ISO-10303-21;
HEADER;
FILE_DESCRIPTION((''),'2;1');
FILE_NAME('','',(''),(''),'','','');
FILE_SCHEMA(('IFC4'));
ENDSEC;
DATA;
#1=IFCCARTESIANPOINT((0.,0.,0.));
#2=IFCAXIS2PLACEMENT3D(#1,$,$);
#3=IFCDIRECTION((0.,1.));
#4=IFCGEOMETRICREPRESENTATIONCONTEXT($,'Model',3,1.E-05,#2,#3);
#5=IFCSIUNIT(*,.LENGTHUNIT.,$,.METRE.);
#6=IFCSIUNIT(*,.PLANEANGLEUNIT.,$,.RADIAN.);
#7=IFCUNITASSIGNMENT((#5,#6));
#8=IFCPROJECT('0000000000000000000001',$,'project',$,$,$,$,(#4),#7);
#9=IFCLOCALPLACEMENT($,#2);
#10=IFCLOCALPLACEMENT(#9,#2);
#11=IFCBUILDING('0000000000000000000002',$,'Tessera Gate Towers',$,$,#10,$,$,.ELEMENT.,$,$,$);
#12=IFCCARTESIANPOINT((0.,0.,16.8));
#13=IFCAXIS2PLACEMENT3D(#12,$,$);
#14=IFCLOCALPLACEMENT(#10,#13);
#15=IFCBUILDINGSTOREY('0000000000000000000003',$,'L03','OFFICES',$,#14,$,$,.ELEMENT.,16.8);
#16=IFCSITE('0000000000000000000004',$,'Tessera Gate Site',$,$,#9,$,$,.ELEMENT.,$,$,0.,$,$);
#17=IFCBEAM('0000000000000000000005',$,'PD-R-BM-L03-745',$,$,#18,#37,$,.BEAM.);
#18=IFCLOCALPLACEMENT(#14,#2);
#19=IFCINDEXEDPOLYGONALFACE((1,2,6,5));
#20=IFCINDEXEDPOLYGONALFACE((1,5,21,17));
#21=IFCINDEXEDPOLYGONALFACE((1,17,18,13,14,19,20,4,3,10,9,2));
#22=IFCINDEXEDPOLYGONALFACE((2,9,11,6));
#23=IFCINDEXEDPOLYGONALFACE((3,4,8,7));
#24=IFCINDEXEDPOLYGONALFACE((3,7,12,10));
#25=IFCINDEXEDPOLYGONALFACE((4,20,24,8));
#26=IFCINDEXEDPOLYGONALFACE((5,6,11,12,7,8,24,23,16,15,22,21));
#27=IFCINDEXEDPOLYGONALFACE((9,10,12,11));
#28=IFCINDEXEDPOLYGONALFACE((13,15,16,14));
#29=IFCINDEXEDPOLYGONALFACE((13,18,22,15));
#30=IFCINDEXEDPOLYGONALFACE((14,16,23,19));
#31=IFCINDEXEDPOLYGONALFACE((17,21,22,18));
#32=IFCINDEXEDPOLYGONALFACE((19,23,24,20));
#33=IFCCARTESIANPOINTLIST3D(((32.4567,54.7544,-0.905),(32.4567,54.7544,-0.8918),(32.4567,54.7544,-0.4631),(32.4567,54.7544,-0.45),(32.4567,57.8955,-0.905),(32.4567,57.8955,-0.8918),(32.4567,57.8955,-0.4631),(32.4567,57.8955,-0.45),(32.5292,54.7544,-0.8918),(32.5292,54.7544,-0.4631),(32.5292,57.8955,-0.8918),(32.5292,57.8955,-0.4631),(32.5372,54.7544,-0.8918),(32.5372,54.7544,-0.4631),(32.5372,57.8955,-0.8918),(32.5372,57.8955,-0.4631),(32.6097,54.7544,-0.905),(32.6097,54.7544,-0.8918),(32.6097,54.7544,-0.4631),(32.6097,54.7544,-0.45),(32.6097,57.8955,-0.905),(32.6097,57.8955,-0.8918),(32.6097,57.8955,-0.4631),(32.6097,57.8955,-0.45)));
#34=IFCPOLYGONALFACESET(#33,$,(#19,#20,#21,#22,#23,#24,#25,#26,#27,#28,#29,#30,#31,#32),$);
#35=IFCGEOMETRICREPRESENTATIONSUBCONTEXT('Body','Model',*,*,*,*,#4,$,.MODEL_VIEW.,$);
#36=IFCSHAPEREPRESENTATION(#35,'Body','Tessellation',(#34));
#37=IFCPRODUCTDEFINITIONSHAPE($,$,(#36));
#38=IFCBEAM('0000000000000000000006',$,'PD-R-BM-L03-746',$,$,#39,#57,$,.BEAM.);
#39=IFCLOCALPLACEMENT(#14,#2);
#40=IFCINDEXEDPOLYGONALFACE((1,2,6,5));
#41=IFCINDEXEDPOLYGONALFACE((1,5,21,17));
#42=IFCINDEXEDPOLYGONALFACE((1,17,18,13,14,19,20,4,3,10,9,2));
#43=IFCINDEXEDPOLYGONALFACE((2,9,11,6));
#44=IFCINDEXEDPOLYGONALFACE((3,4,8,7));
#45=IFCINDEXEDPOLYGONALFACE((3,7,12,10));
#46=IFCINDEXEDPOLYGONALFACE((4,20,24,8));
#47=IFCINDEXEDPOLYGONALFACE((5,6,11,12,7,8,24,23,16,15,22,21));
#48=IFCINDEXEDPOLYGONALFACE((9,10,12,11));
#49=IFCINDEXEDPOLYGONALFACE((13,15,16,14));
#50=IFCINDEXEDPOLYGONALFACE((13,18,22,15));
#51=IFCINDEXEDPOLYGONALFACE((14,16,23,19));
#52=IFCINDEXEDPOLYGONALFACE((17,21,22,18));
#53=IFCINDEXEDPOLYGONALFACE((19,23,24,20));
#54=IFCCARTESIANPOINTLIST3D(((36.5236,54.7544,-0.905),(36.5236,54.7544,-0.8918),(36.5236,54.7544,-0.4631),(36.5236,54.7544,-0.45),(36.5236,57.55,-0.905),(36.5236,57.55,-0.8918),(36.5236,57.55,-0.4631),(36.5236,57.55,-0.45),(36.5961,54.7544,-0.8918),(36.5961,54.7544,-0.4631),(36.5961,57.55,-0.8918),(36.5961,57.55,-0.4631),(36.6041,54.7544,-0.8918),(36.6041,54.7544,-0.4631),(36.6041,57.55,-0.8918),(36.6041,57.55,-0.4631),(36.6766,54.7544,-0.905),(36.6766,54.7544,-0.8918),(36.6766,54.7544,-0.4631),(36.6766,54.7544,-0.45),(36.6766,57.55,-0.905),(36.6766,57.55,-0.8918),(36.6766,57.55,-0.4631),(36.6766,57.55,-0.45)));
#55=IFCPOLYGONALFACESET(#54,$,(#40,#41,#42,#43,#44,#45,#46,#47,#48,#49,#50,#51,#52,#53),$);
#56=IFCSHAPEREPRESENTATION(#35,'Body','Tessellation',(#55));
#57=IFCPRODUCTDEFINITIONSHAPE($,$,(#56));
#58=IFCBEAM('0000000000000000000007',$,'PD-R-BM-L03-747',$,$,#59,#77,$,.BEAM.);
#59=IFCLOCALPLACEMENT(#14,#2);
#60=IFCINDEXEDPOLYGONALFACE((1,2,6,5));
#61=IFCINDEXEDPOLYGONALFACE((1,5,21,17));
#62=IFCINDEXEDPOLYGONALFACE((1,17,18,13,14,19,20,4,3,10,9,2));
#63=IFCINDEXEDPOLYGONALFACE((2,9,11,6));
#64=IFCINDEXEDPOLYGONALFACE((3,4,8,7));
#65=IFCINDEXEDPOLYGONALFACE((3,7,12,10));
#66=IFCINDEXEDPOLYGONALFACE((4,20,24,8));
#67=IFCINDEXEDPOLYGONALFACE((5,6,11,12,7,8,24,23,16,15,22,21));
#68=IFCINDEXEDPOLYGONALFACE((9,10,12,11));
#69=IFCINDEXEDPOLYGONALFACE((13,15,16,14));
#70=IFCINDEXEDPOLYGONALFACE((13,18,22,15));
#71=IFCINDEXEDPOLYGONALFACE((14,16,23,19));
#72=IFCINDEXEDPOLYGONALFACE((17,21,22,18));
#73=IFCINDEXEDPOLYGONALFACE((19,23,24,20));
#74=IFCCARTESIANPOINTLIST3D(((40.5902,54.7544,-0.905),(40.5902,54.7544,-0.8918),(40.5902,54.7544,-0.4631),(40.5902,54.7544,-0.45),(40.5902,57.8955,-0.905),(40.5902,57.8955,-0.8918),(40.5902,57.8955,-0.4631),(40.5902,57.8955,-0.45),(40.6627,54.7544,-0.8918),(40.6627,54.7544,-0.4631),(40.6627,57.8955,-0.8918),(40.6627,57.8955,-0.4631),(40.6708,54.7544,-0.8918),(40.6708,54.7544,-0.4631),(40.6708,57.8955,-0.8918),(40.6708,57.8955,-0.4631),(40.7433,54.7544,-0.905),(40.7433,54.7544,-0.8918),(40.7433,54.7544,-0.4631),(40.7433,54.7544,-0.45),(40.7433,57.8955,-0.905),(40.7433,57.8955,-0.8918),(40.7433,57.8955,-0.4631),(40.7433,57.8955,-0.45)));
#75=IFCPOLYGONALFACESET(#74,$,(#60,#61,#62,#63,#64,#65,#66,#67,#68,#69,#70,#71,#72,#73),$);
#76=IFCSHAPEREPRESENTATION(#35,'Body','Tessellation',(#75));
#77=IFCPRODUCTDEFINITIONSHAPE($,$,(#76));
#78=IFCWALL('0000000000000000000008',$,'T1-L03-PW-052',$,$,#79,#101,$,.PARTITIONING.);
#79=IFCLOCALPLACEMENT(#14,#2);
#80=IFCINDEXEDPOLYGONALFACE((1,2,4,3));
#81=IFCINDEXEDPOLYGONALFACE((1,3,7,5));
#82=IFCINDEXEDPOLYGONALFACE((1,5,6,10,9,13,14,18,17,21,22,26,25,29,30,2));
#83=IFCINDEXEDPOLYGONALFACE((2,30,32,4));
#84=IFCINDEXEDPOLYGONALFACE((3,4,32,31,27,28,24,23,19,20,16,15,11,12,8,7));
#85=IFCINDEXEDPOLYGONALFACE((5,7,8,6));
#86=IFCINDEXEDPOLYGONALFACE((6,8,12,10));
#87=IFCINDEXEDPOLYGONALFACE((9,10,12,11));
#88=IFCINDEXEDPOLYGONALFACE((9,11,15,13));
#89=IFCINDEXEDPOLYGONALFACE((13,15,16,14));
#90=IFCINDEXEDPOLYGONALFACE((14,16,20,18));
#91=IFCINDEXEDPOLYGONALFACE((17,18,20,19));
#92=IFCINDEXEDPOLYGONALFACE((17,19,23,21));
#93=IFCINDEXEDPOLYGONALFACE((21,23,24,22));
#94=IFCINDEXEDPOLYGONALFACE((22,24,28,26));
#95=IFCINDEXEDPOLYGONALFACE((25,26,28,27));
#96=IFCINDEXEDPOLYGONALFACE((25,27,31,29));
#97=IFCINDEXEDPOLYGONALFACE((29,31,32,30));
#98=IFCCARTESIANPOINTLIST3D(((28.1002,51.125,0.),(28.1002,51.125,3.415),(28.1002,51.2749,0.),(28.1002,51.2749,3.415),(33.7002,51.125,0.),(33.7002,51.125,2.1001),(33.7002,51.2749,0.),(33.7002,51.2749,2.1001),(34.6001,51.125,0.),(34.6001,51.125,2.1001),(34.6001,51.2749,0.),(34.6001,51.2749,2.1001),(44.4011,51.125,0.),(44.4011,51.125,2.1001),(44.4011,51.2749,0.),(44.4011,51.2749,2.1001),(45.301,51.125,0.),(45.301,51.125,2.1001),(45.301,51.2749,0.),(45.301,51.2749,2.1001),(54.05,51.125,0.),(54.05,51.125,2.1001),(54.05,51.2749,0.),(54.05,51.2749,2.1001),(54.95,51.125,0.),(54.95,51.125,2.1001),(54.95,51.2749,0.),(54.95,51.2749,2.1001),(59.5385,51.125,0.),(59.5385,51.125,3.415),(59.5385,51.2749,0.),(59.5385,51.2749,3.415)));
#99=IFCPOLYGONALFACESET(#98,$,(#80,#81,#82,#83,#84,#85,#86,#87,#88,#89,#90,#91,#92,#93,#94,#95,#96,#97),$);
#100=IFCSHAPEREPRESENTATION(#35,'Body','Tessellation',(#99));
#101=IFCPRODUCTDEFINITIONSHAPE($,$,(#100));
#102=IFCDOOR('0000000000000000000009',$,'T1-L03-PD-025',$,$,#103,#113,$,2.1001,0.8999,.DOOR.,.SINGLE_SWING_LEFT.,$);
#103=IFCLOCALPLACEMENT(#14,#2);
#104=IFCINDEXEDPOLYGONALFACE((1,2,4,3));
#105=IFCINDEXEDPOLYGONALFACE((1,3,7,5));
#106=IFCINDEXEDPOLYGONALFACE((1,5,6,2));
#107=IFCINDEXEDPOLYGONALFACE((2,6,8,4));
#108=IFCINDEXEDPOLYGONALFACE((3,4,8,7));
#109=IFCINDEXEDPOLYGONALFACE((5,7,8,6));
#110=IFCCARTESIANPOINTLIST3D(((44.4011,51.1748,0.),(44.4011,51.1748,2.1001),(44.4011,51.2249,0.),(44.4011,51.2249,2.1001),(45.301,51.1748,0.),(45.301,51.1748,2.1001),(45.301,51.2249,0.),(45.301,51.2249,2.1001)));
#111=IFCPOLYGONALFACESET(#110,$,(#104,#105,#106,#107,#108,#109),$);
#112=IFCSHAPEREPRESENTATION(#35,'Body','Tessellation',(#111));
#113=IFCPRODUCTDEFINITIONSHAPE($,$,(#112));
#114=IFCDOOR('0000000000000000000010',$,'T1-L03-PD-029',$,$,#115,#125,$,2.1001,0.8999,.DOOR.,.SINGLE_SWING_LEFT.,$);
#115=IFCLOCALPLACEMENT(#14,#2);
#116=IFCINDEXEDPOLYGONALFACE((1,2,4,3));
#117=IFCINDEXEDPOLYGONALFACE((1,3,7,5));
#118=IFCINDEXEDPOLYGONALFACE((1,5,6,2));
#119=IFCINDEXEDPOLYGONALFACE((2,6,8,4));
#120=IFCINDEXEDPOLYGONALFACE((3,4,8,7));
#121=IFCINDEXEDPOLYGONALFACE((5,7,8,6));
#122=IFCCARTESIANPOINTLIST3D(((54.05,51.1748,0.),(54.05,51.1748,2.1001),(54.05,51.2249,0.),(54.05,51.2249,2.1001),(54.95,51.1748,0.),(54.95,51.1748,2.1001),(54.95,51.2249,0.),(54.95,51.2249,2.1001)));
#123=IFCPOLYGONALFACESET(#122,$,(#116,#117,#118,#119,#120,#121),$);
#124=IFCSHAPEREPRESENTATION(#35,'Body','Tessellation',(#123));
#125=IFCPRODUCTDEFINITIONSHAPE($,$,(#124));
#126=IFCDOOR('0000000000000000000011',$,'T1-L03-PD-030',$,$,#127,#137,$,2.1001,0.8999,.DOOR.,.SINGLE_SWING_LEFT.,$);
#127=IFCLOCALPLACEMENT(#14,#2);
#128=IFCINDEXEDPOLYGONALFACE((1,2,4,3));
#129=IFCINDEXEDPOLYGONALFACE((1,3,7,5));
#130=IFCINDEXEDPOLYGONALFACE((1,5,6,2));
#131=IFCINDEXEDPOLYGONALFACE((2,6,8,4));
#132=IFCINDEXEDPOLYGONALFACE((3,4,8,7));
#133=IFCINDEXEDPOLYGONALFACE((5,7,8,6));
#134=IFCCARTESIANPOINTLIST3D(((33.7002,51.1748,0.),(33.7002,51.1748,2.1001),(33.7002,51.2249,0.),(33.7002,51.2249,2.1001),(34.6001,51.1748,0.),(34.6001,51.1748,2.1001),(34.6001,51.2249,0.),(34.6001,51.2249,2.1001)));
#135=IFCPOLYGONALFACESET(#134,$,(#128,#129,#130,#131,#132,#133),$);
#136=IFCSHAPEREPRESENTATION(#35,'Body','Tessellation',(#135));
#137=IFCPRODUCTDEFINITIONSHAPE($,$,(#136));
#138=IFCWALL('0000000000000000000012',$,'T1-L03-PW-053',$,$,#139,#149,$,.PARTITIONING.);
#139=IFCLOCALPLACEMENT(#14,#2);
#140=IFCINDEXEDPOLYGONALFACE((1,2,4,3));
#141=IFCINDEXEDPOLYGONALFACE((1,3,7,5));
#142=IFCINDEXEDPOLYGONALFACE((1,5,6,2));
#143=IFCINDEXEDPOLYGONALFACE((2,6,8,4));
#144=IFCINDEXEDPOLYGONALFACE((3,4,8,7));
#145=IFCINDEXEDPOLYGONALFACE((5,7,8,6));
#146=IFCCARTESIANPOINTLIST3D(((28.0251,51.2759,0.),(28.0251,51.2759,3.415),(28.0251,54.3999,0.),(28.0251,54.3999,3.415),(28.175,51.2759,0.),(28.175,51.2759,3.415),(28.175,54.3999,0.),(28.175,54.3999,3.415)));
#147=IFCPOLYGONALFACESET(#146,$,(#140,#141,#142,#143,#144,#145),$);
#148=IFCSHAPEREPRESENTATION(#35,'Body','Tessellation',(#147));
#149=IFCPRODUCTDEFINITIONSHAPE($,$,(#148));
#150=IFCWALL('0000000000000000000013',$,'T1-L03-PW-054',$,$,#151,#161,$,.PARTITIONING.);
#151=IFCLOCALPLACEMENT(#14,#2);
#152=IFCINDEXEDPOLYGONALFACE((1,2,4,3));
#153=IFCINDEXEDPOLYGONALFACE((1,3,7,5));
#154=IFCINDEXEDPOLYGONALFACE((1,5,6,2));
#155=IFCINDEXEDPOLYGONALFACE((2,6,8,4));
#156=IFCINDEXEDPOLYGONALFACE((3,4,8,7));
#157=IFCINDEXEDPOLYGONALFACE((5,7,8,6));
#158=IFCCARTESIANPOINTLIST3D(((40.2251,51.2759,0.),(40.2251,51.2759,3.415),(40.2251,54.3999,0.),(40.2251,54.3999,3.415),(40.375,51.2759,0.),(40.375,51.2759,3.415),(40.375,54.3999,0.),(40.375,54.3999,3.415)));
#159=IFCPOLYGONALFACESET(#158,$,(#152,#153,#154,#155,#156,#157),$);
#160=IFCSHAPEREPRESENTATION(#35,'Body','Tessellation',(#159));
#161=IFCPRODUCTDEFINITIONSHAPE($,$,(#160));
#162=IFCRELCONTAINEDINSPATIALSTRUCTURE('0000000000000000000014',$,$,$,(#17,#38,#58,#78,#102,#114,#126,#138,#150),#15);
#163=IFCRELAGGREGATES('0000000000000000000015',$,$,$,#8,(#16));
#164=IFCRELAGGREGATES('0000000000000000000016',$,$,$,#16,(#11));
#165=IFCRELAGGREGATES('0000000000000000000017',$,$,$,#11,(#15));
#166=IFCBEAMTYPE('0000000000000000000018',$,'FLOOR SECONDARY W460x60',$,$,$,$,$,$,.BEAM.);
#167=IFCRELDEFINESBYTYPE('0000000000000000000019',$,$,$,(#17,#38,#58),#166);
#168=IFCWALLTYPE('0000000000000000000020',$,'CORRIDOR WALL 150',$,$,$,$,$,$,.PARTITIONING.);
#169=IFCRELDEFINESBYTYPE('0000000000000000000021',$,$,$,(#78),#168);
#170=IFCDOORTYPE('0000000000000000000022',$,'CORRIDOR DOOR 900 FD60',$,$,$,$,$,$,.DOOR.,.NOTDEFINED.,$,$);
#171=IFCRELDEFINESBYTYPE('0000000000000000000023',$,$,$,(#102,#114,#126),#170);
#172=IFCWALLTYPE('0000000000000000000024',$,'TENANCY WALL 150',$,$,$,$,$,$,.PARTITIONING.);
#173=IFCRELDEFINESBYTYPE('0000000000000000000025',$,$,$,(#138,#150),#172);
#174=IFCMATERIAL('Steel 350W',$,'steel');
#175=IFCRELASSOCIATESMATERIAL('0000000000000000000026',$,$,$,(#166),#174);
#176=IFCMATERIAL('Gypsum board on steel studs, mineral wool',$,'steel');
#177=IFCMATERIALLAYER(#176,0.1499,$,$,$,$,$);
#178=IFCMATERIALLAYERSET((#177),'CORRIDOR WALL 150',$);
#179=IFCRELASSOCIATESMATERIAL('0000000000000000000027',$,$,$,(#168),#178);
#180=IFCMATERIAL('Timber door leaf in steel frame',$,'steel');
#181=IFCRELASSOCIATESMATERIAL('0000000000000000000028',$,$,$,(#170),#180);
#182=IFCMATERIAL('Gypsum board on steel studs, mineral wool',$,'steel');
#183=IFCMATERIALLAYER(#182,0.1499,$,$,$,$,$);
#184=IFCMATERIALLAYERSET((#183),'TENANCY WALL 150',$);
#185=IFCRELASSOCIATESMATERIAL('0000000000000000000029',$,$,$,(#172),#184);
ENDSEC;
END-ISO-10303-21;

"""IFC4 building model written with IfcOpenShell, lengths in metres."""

from ifc_helpers import new_model, si_unit, direction, frame, frame_2d, origin, origin_2d, place, context, subcontext, project, spatial, rectangle, i_section, extrude, source, transform, mapped, material, layer, layer_set, material_profile, profile_set, type_object, element, fill, save


model = new_model("IFC4")

# Units and contexts
model_context = context("Model", 3, precision=1e-05, world=origin(), true_north=direction((0.0, 1.0)))
body_context = subcontext(model_context, "Body", "Model", "MODEL_VIEW")
ifc_project = project(units=[si_unit("LENGTHUNIT", "METRE"), si_unit("PLANEANGLEUNIT", "RADIAN")], contexts=[model_context])

# Site, building, storey
site_placement = place(None, origin())
site = spatial("IfcSite", under=ifc_project, at=site_placement, Name="Tessera Gate Site", CompositionType="ELEMENT", RefElevation=0.0)
building_placement = place(site_placement, origin())
building = spatial("IfcBuilding", under=site, at=building_placement, Name="Tessera Gate Towers", CompositionType="ELEMENT")
storey_placement = place(building_placement, frame((0.0, 0.0, 16.8)))
storey = spatial("IfcBuildingStorey", under=building, at=storey_placement, Name="L03", Description="OFFICES", CompositionType="ELEMENT", Elevation=16.8)

# Beams
ifc_material_1 = material(Name="Steel 350W", Category="steel")
ifc_material_profile_1 = material_profile(ifc_material_1, i_section(OverallWidth=0.1531, OverallDepth=0.4551, WebThickness=0.0081, FlangeThickness=0.0132, at=origin_2d()), Name="W460x60")
ifc_profile_set_1 = profile_set([ifc_material_profile_1], Name="Steel 350W")
beam_type_1 = type_object("IfcBeamType", Name="FLOOR SECONDARY W460x60", PredefinedType="BEAM", material=ifc_profile_set_1)
for number, where, z_axis, x_axis, name in (
    (1, (32.5332, 54.7544, -0.6775), (0.0, 1.0, 0.0), (-1.0, 0.0, 0.0), "PD-R-BM-L03-745"),
):
    element("IfcBeam", number, at=place(storey_placement, frame(where, z_axis=z_axis, x_axis=x_axis)), inside=storey, type_object=beam_type_1, Name=name, PredefinedType="BEAM", context=body_context, shape_type="SweptSolid", body=[
        extrude(i_section(OverallWidth=0.1531, OverallDepth=0.4551, WebThickness=0.0081, FlangeThickness=0.0132, at=origin_2d()), origin(), (0.0, 0.0, 1.0), 3.1411),
    ])
beam_1_placement = place(storey_placement, frame((36.6001, 54.7544, -0.6775), z_axis=(0.0, 1.0, 0.0), x_axis=(-1.0, 0.0, 0.0)))
element("IfcBeam", 2, at=beam_1_placement, inside=storey, type_object=beam_type_1, Name="PD-R-BM-L03-746", PredefinedType="BEAM", context=body_context, shape_type="SweptSolid", body=[
    extrude(i_section(OverallWidth=0.1531, OverallDepth=0.4551, WebThickness=0.0081, FlangeThickness=0.0132, at=origin_2d()), origin(), (0.0, 0.0, 1.0), 2.7957),
])
beam_2_placement = place(storey_placement, frame((40.6667, 54.7544, -0.6775), z_axis=(0.0, 1.0, 0.0), x_axis=(-1.0, 0.0, 0.0)))
element("IfcBeam", 3, at=beam_2_placement, inside=storey, type_object=beam_type_1, Name="PD-R-BM-L03-747", PredefinedType="BEAM", context=body_context, shape_type="SweptSolid", body=[
    extrude(i_section(OverallWidth=0.1531, OverallDepth=0.4551, WebThickness=0.0081, FlangeThickness=0.0132, at=origin_2d()), origin(), (0.0, 0.0, 1.0), 3.1411),
])

# Wall, openings, doors
ifc_material_2 = material(Name="Gypsum board on steel studs, mineral wool", Category="steel")
ifc_layer_1 = layer(ifc_material_2, 0.1499)
ifc_layer_set_1 = layer_set([ifc_layer_1], Name="CORRIDOR WALL 150")
wall_type_1 = type_object("IfcWallType", Name="CORRIDOR WALL 150", PredefinedType="PARTITIONING", material=ifc_layer_set_1)
wall_1_placement = place(storey_placement, frame((28.1001, 51.2, 0.0), z_axis=(0.0, 0.0, 1.0), x_axis=(1.0, 0.0, 0.0)))
wall_1 = element("IfcWall", 4, at=wall_1_placement, inside=storey, type_object=wall_type_1, Name="T1-L03-PW-052", PredefinedType="PARTITIONING", context=body_context, shape_type="SweptSolid", body=[
    extrude(rectangle(XDim=31.4382, YDim=0.1499, at=frame_2d((15.7192, 0.0))), origin(), (0.0, 0.0, 1.0), 3.415),
])
shared_shape_1 = source(origin(), body_context, "Body", "SweptSolid", [
    extrude(rectangle(XDim=0.8999, YDim=2.1001, at=frame_2d((0.45, 1.05))), frame((0.0, 0.085, 0.0), z_axis=(0.0, -1.0, 0.0), x_axis=(1.0, 0.0, 0.0)), (0.0, 0.0, 1.0), 0.1699),
])
opening_1_placement = place(wall_1_placement, frame((16.301, 0.0, 0.0)))
opening_1 = element("IfcOpeningElement", 5, at=opening_1_placement, cuts=wall_1, PredefinedType="OPENING", context=body_context, shape_type="MappedRepresentation", body=[
    mapped(shared_shape_1, transform((0.0, 0.0, 0.0), scale=1.0)),
])
opening_2_placement = place(wall_1_placement, frame((25.95, 0.0, 0.0)))
opening_2 = element("IfcOpeningElement", 6, at=opening_2_placement, cuts=wall_1, PredefinedType="OPENING", context=body_context, shape_type="MappedRepresentation", body=[
    mapped(shared_shape_1, transform((0.0, 0.0, 0.0), scale=1.0)),
])
opening_3_placement = place(wall_1_placement, frame((5.6001, 0.0, 0.0)))
opening_3 = element("IfcOpeningElement", 7, at=opening_3_placement, cuts=wall_1, PredefinedType="OPENING", context=body_context, shape_type="MappedRepresentation", body=[
    mapped(shared_shape_1, transform((0.0, 0.0, 0.0), scale=1.0)),
])
ifc_material_3 = material(Name="Timber door leaf in steel frame", Category="steel")
door_type = type_object("IfcDoorType", Name="CORRIDOR DOOR 900 FD60", OperationType="NOTDEFINED", PredefinedType="DOOR", material=ifc_material_3)
shared_shape_2 = source(origin(), body_context, "Body", "SweptSolid", [
    extrude(rectangle(XDim=0.8999, YDim=2.1001, at=frame_2d((0.45, 1.05))), frame((0.0, 0.0249, 0.0), z_axis=(0.0, -1.0, 0.0), x_axis=(1.0, 0.0, 0.0)), (0.0, 0.0, 1.0), 0.05),
])
door_1_placement = place(opening_1_placement, origin())
door_1 = element("IfcDoor", 8, at=door_1_placement, inside=storey, type_object=door_type, Name="T1-L03-PD-025", OperationType="SINGLE_SWING_LEFT", OverallHeight=2.1001, OverallWidth=0.8999, PredefinedType="DOOR", context=body_context, shape_type="MappedRepresentation", body=[
    mapped(shared_shape_2, transform((0.0, 0.0, 0.0), scale=1.0)),
])
fill(opening_1, door_1)
door_2_placement = place(opening_2_placement, origin())
door_2 = element("IfcDoor", 9, at=door_2_placement, inside=storey, type_object=door_type, Name="T1-L03-PD-029", OperationType="SINGLE_SWING_LEFT", OverallHeight=2.1001, OverallWidth=0.8999, PredefinedType="DOOR", context=body_context, shape_type="MappedRepresentation", body=[
    mapped(shared_shape_2, transform((0.0, 0.0, 0.0), scale=1.0)),
])
fill(opening_2, door_2)
door_3_placement = place(opening_3_placement, origin())
door_3 = element("IfcDoor", 10, at=door_3_placement, inside=storey, type_object=door_type, Name="T1-L03-PD-030", OperationType="SINGLE_SWING_LEFT", OverallHeight=2.1001, OverallWidth=0.8999, PredefinedType="DOOR", context=body_context, shape_type="MappedRepresentation", body=[
    mapped(shared_shape_2, transform((0.0, 0.0, 0.0), scale=1.0)),
])
fill(opening_3, door_3)

# Walls
ifc_material_4 = material(Name="Gypsum board on steel studs, mineral wool", Category="steel")
ifc_layer_2 = layer(ifc_material_4, 0.1499)
ifc_layer_set_2 = layer_set([ifc_layer_2], Name="TENANCY WALL 150")
wall_type_2 = type_object("IfcWallType", Name="TENANCY WALL 150", PredefinedType="PARTITIONING", material=ifc_layer_set_2)
for number, where, z_axis, x_axis, name in (
    (11, (28.1001, 51.2759, 0.0), (0.0, 0.0, 1.0), (0.0, 1.0, 0.0), "T1-L03-PW-053"),
    (12, (40.3, 51.2759, 0.0), (0.0, 0.0, 1.0), (0.0, 1.0, 0.0), "T1-L03-PW-054"),
):
    element("IfcWall", number, at=place(storey_placement, frame(where, z_axis=z_axis, x_axis=x_axis)), inside=storey, type_object=wall_type_2, Name=name, PredefinedType="PARTITIONING", context=body_context, shape_type="SweptSolid", body=[
        extrude(rectangle(XDim=3.124, YDim=0.1499, at=frame_2d((1.562, 0.0))), origin(), (0.0, 0.0, 1.0), 3.415),
    ])

save(model, "model.ifc")
